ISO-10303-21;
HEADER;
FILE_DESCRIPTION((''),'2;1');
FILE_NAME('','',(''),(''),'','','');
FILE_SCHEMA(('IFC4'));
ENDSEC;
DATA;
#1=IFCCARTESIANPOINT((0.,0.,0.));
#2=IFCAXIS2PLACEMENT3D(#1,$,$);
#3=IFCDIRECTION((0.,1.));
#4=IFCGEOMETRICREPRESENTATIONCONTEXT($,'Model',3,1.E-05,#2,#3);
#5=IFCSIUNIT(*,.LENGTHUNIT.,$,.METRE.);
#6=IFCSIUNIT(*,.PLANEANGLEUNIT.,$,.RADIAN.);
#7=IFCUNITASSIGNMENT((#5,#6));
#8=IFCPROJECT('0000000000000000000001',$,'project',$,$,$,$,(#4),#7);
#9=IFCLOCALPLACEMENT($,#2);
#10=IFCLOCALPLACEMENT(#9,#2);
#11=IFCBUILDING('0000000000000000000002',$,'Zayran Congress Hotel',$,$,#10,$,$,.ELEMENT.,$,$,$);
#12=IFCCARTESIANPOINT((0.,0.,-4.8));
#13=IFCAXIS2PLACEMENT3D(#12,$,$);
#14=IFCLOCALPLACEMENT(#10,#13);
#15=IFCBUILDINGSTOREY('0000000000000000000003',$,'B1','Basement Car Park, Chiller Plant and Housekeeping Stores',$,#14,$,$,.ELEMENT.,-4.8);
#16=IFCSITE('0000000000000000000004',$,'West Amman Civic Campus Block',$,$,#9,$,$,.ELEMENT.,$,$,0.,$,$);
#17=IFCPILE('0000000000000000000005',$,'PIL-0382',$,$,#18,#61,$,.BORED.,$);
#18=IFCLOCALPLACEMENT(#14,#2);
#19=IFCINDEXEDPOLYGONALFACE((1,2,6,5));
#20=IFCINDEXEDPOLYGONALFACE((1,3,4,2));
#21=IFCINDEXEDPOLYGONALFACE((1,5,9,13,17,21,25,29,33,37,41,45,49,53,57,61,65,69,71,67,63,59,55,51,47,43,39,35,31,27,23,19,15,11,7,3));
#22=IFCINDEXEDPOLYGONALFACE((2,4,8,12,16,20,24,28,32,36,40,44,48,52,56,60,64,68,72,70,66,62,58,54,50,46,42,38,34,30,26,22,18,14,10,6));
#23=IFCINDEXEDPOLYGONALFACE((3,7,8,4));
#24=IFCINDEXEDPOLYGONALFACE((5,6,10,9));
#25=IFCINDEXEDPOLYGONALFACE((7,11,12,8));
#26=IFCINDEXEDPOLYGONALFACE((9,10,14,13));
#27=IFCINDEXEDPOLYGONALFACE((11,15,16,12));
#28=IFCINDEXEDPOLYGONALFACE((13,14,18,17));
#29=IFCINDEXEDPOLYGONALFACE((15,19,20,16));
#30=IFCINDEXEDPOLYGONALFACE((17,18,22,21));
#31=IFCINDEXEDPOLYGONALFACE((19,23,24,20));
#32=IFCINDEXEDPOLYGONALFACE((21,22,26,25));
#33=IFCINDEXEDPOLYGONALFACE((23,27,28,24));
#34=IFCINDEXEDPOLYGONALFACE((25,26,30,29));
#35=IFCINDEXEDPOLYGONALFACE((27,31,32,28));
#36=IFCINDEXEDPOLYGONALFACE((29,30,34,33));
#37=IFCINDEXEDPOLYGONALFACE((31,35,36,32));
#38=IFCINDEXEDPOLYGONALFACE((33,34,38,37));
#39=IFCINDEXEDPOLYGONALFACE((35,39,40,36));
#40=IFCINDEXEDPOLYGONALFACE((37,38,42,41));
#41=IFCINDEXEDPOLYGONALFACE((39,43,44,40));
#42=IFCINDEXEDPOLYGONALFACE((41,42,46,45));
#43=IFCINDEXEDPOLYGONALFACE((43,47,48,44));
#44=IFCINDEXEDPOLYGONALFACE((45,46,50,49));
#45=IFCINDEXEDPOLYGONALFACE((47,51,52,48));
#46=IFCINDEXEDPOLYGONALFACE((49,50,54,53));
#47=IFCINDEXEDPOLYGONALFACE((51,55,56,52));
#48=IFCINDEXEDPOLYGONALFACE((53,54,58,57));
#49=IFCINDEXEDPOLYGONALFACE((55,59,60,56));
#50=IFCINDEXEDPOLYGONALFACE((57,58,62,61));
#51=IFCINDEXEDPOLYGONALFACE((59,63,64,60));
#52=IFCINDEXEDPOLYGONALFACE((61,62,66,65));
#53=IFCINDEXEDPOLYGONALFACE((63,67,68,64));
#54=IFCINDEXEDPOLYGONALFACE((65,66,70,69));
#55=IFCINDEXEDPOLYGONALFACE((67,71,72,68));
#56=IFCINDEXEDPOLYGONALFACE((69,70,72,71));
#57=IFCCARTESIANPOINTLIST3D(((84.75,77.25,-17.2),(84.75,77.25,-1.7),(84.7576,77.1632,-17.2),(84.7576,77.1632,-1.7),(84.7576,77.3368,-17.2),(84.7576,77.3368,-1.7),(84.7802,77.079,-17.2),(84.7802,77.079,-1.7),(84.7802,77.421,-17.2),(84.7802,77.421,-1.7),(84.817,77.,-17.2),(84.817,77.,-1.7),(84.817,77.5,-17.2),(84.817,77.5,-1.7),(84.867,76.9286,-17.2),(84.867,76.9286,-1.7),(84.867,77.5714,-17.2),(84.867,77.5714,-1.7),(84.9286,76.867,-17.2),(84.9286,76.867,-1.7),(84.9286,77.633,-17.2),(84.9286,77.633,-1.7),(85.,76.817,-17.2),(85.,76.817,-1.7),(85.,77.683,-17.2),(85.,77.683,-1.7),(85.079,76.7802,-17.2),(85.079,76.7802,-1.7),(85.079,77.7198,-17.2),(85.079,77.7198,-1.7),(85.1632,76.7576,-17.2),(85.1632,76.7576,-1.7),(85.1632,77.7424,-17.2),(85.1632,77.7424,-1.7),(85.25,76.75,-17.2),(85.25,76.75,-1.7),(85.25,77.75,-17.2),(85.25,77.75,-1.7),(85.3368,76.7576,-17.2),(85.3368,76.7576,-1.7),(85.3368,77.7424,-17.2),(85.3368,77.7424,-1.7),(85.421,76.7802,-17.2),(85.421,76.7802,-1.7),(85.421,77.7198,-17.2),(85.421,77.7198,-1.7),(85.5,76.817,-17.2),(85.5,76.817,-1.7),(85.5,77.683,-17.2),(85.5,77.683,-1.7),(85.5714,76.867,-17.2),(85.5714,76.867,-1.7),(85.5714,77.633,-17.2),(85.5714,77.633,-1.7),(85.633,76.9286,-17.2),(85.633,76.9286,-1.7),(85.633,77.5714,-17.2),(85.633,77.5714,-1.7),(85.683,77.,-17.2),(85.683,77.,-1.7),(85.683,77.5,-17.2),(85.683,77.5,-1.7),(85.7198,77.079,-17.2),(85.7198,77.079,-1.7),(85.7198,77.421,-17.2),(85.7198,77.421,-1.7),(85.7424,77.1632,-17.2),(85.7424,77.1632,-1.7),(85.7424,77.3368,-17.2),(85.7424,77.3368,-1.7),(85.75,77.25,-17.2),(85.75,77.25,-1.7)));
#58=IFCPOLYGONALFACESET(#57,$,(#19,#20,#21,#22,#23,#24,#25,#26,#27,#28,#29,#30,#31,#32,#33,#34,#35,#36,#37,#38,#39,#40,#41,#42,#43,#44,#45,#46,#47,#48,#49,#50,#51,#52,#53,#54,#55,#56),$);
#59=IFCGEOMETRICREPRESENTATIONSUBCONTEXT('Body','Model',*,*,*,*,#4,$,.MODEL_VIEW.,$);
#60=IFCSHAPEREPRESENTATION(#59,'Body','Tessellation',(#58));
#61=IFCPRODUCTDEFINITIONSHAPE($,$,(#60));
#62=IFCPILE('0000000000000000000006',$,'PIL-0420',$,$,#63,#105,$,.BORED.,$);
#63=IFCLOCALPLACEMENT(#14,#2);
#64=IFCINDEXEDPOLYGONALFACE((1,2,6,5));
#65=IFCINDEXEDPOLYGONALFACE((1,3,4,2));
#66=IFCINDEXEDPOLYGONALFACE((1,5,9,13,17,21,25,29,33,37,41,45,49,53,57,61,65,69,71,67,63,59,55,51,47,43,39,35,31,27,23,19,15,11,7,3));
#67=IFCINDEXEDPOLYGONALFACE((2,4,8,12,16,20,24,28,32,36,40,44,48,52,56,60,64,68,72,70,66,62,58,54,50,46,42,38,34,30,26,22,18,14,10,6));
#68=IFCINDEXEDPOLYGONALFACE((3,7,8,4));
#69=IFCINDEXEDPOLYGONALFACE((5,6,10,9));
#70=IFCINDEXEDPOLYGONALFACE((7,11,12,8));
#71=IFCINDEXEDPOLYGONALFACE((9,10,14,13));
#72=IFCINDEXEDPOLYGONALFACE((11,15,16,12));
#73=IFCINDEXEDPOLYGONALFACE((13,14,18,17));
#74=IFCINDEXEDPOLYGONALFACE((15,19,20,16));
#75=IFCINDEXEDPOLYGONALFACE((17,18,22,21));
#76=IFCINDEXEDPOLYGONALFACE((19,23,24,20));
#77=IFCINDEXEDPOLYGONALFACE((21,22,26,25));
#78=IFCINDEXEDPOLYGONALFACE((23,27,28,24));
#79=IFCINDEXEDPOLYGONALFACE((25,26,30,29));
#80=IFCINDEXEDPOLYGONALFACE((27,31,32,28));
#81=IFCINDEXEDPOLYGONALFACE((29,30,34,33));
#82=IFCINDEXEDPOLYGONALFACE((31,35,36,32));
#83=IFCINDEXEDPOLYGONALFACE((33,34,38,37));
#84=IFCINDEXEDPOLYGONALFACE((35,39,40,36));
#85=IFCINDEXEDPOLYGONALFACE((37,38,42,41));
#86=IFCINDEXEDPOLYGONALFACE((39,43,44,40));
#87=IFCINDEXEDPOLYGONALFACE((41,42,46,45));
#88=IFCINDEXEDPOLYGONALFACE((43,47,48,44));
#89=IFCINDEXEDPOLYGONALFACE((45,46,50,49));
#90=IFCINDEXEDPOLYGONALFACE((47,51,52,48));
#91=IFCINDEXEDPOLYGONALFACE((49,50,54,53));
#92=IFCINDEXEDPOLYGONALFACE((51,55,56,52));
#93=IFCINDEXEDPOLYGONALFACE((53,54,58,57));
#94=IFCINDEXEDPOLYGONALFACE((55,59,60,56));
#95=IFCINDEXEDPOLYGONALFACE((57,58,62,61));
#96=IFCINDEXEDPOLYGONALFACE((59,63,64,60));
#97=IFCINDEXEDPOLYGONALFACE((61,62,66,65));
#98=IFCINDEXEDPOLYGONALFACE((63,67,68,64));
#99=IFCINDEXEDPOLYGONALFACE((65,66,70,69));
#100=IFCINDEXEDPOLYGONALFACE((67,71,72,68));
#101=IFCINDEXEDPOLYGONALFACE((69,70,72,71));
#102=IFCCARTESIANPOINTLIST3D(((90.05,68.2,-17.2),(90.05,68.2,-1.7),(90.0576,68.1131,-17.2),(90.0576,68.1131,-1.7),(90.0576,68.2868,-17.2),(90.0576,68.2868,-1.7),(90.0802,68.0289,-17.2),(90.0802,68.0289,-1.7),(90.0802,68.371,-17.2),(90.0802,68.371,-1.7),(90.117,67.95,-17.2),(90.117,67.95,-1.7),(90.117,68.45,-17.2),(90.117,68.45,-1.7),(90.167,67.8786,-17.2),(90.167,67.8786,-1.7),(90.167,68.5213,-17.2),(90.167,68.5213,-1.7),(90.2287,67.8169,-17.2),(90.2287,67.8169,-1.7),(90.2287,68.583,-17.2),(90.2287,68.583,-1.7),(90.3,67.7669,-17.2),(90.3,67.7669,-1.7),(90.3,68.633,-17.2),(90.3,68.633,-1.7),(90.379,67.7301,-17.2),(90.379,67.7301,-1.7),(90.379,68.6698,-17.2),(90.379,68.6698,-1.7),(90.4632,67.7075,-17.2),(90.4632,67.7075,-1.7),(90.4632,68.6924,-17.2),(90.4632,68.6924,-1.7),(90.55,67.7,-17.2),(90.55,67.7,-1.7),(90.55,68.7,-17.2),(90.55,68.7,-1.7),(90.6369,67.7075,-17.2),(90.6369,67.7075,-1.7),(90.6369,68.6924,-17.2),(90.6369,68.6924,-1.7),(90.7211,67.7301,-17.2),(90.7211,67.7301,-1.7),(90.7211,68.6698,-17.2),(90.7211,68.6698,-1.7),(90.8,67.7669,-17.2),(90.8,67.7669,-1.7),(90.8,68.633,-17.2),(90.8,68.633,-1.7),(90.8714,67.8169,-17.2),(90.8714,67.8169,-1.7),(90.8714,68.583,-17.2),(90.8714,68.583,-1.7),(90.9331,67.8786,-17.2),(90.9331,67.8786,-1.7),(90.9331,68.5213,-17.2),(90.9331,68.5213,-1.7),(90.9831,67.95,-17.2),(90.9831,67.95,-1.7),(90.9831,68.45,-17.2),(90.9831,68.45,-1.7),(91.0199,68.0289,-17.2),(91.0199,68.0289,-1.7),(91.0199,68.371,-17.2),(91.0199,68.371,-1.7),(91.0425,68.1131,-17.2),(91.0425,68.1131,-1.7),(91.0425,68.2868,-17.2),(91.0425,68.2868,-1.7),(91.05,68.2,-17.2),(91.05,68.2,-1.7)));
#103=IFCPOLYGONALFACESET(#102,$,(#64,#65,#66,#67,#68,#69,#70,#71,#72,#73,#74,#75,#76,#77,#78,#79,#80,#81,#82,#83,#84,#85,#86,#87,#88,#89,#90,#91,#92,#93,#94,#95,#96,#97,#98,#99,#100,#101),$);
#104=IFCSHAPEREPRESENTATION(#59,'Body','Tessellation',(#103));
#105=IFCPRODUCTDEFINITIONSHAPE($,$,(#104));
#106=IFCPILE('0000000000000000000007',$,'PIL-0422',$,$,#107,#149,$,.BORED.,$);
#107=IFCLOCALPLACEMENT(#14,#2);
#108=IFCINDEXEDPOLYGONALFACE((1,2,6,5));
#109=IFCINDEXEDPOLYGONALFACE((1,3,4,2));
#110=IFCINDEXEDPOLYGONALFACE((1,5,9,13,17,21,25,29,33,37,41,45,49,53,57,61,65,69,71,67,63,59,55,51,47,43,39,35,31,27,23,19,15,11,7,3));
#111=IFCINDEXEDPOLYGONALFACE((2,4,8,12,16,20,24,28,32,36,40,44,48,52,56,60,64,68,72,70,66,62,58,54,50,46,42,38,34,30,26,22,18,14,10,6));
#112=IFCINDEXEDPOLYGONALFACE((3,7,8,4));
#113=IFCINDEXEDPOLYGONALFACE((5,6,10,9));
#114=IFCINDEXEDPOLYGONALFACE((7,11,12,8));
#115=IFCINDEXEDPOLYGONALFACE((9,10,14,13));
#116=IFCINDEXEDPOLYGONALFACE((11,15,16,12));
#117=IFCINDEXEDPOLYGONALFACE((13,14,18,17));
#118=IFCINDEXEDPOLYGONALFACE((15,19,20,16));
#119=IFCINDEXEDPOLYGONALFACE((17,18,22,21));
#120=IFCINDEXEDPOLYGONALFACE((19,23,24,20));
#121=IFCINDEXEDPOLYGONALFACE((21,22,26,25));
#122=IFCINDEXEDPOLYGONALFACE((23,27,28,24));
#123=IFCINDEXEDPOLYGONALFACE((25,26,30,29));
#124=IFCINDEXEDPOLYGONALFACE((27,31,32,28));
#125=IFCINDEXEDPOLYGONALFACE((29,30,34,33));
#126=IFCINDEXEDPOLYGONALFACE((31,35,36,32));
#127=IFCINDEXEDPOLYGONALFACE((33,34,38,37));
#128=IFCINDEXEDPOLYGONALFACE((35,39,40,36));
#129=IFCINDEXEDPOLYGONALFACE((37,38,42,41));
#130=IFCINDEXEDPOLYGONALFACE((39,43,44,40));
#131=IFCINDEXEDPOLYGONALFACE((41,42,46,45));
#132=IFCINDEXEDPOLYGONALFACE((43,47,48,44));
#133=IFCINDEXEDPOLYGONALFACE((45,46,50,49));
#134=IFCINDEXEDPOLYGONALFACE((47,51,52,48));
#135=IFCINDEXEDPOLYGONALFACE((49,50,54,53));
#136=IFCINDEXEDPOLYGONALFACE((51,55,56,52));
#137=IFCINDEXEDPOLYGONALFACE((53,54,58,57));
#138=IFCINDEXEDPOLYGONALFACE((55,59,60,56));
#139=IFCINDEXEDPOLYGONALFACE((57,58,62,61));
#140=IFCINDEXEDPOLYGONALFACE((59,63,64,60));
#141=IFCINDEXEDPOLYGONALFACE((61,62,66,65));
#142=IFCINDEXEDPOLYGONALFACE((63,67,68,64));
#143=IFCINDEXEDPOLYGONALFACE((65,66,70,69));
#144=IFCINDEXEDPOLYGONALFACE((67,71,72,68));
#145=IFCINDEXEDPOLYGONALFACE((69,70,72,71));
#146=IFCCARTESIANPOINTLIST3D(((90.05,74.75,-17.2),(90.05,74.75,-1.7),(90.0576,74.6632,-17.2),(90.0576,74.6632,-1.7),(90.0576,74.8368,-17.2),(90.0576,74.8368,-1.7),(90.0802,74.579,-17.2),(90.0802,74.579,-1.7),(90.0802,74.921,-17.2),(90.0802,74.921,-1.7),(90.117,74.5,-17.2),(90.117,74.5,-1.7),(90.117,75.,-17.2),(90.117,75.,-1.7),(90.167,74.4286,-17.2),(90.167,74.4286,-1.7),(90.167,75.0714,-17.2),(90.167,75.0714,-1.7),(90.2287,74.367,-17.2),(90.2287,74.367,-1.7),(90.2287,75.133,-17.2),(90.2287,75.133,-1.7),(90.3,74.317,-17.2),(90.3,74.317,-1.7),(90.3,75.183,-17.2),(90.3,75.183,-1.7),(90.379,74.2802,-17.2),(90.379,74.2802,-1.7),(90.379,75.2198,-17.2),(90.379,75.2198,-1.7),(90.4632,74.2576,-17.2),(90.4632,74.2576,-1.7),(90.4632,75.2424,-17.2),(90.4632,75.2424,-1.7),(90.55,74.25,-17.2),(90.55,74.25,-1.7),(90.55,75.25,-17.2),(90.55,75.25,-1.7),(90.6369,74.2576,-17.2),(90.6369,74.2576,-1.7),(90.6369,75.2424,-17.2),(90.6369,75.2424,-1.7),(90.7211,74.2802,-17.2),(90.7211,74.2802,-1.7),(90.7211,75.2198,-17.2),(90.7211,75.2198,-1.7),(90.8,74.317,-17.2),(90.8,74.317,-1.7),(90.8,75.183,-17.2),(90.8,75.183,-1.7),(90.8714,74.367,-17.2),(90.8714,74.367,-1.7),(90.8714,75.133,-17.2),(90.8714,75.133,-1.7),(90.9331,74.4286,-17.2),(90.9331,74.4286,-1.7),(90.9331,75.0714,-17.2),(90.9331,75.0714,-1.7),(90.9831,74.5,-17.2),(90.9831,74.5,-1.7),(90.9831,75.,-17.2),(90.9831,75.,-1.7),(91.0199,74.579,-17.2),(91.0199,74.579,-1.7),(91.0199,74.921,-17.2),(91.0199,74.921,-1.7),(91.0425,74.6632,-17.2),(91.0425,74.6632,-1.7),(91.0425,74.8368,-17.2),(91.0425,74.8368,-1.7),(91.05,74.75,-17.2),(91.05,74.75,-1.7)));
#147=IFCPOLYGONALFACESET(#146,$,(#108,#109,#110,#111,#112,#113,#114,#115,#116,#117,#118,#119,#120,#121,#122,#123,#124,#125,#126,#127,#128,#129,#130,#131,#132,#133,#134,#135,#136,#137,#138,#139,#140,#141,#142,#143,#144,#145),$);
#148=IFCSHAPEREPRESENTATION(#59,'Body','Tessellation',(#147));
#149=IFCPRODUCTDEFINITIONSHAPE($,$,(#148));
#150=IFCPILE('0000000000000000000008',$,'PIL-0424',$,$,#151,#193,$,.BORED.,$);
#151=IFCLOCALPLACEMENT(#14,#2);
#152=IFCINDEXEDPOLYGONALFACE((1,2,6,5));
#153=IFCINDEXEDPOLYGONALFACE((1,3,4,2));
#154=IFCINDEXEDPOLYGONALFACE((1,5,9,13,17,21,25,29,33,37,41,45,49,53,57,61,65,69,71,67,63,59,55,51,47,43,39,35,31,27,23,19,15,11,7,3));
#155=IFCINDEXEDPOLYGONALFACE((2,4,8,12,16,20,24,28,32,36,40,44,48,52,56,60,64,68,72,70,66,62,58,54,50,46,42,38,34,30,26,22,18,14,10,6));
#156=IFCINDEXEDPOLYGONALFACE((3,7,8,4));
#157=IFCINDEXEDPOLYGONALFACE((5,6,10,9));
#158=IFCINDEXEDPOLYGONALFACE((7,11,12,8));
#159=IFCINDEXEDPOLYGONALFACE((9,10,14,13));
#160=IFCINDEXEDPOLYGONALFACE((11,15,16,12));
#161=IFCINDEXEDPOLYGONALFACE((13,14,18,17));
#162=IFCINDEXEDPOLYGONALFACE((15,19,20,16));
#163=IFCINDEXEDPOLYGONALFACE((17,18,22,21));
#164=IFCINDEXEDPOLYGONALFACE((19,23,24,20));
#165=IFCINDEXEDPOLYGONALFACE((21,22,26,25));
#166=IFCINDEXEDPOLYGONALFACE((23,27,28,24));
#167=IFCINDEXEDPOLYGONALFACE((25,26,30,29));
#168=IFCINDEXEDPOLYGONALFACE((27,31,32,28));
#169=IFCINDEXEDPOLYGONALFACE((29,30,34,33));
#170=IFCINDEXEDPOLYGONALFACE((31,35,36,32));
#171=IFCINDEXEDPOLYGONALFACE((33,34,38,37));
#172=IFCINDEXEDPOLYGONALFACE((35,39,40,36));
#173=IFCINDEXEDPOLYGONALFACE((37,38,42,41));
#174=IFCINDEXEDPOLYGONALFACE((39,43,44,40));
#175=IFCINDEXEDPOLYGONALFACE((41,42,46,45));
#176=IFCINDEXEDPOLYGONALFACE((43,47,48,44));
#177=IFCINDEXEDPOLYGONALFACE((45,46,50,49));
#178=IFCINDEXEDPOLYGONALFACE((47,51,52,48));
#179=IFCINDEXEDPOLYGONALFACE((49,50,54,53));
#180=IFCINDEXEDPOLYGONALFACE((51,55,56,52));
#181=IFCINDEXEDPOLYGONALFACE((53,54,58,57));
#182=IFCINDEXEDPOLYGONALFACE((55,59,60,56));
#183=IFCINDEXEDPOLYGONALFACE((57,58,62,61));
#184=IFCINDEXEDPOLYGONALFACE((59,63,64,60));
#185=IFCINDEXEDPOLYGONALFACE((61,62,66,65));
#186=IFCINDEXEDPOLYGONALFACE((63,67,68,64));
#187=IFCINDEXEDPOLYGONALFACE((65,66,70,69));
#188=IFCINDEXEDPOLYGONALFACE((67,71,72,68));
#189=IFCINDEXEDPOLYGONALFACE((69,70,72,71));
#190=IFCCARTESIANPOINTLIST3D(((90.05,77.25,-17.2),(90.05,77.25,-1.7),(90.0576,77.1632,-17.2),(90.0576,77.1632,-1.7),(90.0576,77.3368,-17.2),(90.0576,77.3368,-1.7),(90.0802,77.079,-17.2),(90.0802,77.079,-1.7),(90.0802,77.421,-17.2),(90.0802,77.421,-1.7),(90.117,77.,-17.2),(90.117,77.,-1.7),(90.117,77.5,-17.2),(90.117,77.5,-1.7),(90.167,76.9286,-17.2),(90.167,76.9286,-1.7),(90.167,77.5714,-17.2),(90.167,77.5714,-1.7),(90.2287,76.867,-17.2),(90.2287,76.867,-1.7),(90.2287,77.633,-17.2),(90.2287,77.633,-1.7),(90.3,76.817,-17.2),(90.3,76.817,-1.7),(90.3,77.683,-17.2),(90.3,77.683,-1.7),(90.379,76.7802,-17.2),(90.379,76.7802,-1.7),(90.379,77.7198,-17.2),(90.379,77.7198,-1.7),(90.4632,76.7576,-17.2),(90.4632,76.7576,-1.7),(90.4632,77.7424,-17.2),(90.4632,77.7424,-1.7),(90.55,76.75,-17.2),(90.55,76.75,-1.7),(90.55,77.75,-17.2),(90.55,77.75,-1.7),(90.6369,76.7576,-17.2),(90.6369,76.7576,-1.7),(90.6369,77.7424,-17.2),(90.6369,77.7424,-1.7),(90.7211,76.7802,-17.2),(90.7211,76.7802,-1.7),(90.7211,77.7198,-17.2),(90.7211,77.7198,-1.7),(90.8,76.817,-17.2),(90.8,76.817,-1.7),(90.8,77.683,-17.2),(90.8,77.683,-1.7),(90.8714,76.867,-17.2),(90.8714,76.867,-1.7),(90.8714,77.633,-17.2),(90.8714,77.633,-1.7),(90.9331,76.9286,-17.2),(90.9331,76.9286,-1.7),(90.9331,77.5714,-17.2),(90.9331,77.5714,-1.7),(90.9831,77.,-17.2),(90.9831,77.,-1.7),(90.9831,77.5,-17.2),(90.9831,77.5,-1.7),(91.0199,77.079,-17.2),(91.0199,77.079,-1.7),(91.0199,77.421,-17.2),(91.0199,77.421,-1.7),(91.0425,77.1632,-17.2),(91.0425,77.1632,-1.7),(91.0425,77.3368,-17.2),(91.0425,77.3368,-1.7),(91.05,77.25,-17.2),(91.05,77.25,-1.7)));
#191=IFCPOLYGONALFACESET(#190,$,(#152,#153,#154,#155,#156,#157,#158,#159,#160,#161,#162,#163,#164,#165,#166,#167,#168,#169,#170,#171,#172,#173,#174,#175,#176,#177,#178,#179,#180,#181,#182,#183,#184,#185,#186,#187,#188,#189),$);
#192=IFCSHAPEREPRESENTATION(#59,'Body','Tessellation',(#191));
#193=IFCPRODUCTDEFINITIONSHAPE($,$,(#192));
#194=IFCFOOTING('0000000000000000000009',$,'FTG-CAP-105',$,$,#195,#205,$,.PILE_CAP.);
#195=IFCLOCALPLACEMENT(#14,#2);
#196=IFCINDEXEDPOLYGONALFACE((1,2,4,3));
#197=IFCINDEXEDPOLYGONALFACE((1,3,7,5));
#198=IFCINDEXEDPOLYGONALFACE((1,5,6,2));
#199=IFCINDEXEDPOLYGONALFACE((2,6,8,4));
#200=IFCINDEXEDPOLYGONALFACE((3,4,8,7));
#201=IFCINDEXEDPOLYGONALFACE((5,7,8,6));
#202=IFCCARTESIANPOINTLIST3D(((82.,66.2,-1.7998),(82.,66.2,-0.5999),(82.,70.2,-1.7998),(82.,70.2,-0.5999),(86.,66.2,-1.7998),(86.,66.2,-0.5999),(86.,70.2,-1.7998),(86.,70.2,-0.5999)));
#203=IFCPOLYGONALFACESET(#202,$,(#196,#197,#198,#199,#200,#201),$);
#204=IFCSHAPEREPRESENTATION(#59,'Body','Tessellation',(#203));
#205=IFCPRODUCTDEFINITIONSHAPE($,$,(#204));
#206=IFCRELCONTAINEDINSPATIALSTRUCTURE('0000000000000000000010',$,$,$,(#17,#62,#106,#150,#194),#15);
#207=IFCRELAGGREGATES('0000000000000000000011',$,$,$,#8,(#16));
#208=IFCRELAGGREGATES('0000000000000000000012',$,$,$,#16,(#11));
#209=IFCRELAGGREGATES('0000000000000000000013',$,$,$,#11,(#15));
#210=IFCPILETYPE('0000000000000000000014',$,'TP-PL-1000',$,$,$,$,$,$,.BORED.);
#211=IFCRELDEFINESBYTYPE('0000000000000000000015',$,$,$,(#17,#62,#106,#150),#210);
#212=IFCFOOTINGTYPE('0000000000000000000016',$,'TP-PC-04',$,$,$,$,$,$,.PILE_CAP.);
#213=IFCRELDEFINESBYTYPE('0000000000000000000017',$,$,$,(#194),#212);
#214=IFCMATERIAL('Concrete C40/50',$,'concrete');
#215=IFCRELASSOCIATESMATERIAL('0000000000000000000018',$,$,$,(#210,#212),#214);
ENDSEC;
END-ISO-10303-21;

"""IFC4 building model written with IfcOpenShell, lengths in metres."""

from ifc_helpers import new_model, si_unit, direction, frame, origin, origin_2d, place, context, subcontext, project, spatial, rectangle, circle, extrude, material, material_profile, profile_set, type_object, element, save


model = new_model("IFC4")

# Units and contexts
model_context = context("Model", 3, precision=1e-05, world=origin(), true_north=direction((0.0, 1.0)))
body_context = subcontext(model_context, "Body", "Model", "MODEL_VIEW")
ifc_project = project(units=[si_unit("LENGTHUNIT", "METRE"), si_unit("PLANEANGLEUNIT", "RADIAN")], contexts=[model_context])

# Site, building, storey
site_placement = place(None, origin())
site = spatial("IfcSite", under=ifc_project, at=site_placement, Name="West Amman Civic Campus Block", CompositionType="ELEMENT", RefElevation=0.0)
building_placement = place(site_placement, origin())
building = spatial("IfcBuilding", under=site, at=building_placement, Name="Zayran Congress Hotel", CompositionType="ELEMENT")
storey_placement = place(building_placement, frame((0.0, 0.0, -4.8)))
storey = spatial("IfcBuildingStorey", under=building, at=storey_placement, Name="B1", Description="Basement Car Park, Chiller Plant and Housekeeping Stores", CompositionType="ELEMENT", Elevation=-4.8)

# Piles
ifc_material = material(Name="Concrete C40/50", Category="concrete")
ifc_material_profile_1 = material_profile(ifc_material, circle(Radius=0.5, at=origin_2d()), Name="PILE D1000")
ifc_profile_set_1 = profile_set([ifc_material_profile_1], Name="Concrete C40/50")
pile_type = type_object("IfcPileType", Name="TP-PL-1000", PredefinedType="BORED", material=ifc_profile_set_1)
for number, where, z_axis, x_axis, name in (
    (1, (85.25, 77.25, -1.7), (0.0, 0.0, -1.0), (1.0, 0.0, 0.0), "PIL-0382"),
    (2, (90.55, 68.2, -1.7), (0.0, 0.0, -1.0), (1.0, 0.0, 0.0), "PIL-0420"),
    (3, (90.55, 74.75, -1.7), (0.0, 0.0, -1.0), (1.0, 0.0, 0.0), "PIL-0422"),
    (4, (90.55, 77.25, -1.7), (0.0, 0.0, -1.0), (1.0, 0.0, 0.0), "PIL-0424"),
):
    element("IfcPile", number, at=place(storey_placement, frame(where, z_axis=z_axis, x_axis=x_axis)), inside=storey, type_object=pile_type, Name=name, PredefinedType="BORED", context=body_context, shape_type="SweptSolid", body=[
        extrude(circle(Radius=0.5, at=origin_2d()), origin(), (0.0, 0.0, 1.0), 15.5),
    ])

# Footing
footing_type_1 = type_object("IfcFootingType", Name="TP-PC-04", PredefinedType="PILE_CAP", material=ifc_material)
footing_1_placement = place(storey_placement, frame((84.0, 68.2, -1.7998), z_axis=(0.0, 0.0, 1.0), x_axis=(1.0, 0.0, 0.0)))
element("IfcFooting", 5, at=footing_1_placement, inside=storey, type_object=footing_type_1, Name="FTG-CAP-105", PredefinedType="PILE_CAP", context=body_context, shape_type="SweptSolid", body=[
    extrude(rectangle(XDim=4.0, YDim=4.0, at=origin_2d()), origin(), (0.0, 0.0, 1.0), 1.2),
])

save(model, "model.ifc")
